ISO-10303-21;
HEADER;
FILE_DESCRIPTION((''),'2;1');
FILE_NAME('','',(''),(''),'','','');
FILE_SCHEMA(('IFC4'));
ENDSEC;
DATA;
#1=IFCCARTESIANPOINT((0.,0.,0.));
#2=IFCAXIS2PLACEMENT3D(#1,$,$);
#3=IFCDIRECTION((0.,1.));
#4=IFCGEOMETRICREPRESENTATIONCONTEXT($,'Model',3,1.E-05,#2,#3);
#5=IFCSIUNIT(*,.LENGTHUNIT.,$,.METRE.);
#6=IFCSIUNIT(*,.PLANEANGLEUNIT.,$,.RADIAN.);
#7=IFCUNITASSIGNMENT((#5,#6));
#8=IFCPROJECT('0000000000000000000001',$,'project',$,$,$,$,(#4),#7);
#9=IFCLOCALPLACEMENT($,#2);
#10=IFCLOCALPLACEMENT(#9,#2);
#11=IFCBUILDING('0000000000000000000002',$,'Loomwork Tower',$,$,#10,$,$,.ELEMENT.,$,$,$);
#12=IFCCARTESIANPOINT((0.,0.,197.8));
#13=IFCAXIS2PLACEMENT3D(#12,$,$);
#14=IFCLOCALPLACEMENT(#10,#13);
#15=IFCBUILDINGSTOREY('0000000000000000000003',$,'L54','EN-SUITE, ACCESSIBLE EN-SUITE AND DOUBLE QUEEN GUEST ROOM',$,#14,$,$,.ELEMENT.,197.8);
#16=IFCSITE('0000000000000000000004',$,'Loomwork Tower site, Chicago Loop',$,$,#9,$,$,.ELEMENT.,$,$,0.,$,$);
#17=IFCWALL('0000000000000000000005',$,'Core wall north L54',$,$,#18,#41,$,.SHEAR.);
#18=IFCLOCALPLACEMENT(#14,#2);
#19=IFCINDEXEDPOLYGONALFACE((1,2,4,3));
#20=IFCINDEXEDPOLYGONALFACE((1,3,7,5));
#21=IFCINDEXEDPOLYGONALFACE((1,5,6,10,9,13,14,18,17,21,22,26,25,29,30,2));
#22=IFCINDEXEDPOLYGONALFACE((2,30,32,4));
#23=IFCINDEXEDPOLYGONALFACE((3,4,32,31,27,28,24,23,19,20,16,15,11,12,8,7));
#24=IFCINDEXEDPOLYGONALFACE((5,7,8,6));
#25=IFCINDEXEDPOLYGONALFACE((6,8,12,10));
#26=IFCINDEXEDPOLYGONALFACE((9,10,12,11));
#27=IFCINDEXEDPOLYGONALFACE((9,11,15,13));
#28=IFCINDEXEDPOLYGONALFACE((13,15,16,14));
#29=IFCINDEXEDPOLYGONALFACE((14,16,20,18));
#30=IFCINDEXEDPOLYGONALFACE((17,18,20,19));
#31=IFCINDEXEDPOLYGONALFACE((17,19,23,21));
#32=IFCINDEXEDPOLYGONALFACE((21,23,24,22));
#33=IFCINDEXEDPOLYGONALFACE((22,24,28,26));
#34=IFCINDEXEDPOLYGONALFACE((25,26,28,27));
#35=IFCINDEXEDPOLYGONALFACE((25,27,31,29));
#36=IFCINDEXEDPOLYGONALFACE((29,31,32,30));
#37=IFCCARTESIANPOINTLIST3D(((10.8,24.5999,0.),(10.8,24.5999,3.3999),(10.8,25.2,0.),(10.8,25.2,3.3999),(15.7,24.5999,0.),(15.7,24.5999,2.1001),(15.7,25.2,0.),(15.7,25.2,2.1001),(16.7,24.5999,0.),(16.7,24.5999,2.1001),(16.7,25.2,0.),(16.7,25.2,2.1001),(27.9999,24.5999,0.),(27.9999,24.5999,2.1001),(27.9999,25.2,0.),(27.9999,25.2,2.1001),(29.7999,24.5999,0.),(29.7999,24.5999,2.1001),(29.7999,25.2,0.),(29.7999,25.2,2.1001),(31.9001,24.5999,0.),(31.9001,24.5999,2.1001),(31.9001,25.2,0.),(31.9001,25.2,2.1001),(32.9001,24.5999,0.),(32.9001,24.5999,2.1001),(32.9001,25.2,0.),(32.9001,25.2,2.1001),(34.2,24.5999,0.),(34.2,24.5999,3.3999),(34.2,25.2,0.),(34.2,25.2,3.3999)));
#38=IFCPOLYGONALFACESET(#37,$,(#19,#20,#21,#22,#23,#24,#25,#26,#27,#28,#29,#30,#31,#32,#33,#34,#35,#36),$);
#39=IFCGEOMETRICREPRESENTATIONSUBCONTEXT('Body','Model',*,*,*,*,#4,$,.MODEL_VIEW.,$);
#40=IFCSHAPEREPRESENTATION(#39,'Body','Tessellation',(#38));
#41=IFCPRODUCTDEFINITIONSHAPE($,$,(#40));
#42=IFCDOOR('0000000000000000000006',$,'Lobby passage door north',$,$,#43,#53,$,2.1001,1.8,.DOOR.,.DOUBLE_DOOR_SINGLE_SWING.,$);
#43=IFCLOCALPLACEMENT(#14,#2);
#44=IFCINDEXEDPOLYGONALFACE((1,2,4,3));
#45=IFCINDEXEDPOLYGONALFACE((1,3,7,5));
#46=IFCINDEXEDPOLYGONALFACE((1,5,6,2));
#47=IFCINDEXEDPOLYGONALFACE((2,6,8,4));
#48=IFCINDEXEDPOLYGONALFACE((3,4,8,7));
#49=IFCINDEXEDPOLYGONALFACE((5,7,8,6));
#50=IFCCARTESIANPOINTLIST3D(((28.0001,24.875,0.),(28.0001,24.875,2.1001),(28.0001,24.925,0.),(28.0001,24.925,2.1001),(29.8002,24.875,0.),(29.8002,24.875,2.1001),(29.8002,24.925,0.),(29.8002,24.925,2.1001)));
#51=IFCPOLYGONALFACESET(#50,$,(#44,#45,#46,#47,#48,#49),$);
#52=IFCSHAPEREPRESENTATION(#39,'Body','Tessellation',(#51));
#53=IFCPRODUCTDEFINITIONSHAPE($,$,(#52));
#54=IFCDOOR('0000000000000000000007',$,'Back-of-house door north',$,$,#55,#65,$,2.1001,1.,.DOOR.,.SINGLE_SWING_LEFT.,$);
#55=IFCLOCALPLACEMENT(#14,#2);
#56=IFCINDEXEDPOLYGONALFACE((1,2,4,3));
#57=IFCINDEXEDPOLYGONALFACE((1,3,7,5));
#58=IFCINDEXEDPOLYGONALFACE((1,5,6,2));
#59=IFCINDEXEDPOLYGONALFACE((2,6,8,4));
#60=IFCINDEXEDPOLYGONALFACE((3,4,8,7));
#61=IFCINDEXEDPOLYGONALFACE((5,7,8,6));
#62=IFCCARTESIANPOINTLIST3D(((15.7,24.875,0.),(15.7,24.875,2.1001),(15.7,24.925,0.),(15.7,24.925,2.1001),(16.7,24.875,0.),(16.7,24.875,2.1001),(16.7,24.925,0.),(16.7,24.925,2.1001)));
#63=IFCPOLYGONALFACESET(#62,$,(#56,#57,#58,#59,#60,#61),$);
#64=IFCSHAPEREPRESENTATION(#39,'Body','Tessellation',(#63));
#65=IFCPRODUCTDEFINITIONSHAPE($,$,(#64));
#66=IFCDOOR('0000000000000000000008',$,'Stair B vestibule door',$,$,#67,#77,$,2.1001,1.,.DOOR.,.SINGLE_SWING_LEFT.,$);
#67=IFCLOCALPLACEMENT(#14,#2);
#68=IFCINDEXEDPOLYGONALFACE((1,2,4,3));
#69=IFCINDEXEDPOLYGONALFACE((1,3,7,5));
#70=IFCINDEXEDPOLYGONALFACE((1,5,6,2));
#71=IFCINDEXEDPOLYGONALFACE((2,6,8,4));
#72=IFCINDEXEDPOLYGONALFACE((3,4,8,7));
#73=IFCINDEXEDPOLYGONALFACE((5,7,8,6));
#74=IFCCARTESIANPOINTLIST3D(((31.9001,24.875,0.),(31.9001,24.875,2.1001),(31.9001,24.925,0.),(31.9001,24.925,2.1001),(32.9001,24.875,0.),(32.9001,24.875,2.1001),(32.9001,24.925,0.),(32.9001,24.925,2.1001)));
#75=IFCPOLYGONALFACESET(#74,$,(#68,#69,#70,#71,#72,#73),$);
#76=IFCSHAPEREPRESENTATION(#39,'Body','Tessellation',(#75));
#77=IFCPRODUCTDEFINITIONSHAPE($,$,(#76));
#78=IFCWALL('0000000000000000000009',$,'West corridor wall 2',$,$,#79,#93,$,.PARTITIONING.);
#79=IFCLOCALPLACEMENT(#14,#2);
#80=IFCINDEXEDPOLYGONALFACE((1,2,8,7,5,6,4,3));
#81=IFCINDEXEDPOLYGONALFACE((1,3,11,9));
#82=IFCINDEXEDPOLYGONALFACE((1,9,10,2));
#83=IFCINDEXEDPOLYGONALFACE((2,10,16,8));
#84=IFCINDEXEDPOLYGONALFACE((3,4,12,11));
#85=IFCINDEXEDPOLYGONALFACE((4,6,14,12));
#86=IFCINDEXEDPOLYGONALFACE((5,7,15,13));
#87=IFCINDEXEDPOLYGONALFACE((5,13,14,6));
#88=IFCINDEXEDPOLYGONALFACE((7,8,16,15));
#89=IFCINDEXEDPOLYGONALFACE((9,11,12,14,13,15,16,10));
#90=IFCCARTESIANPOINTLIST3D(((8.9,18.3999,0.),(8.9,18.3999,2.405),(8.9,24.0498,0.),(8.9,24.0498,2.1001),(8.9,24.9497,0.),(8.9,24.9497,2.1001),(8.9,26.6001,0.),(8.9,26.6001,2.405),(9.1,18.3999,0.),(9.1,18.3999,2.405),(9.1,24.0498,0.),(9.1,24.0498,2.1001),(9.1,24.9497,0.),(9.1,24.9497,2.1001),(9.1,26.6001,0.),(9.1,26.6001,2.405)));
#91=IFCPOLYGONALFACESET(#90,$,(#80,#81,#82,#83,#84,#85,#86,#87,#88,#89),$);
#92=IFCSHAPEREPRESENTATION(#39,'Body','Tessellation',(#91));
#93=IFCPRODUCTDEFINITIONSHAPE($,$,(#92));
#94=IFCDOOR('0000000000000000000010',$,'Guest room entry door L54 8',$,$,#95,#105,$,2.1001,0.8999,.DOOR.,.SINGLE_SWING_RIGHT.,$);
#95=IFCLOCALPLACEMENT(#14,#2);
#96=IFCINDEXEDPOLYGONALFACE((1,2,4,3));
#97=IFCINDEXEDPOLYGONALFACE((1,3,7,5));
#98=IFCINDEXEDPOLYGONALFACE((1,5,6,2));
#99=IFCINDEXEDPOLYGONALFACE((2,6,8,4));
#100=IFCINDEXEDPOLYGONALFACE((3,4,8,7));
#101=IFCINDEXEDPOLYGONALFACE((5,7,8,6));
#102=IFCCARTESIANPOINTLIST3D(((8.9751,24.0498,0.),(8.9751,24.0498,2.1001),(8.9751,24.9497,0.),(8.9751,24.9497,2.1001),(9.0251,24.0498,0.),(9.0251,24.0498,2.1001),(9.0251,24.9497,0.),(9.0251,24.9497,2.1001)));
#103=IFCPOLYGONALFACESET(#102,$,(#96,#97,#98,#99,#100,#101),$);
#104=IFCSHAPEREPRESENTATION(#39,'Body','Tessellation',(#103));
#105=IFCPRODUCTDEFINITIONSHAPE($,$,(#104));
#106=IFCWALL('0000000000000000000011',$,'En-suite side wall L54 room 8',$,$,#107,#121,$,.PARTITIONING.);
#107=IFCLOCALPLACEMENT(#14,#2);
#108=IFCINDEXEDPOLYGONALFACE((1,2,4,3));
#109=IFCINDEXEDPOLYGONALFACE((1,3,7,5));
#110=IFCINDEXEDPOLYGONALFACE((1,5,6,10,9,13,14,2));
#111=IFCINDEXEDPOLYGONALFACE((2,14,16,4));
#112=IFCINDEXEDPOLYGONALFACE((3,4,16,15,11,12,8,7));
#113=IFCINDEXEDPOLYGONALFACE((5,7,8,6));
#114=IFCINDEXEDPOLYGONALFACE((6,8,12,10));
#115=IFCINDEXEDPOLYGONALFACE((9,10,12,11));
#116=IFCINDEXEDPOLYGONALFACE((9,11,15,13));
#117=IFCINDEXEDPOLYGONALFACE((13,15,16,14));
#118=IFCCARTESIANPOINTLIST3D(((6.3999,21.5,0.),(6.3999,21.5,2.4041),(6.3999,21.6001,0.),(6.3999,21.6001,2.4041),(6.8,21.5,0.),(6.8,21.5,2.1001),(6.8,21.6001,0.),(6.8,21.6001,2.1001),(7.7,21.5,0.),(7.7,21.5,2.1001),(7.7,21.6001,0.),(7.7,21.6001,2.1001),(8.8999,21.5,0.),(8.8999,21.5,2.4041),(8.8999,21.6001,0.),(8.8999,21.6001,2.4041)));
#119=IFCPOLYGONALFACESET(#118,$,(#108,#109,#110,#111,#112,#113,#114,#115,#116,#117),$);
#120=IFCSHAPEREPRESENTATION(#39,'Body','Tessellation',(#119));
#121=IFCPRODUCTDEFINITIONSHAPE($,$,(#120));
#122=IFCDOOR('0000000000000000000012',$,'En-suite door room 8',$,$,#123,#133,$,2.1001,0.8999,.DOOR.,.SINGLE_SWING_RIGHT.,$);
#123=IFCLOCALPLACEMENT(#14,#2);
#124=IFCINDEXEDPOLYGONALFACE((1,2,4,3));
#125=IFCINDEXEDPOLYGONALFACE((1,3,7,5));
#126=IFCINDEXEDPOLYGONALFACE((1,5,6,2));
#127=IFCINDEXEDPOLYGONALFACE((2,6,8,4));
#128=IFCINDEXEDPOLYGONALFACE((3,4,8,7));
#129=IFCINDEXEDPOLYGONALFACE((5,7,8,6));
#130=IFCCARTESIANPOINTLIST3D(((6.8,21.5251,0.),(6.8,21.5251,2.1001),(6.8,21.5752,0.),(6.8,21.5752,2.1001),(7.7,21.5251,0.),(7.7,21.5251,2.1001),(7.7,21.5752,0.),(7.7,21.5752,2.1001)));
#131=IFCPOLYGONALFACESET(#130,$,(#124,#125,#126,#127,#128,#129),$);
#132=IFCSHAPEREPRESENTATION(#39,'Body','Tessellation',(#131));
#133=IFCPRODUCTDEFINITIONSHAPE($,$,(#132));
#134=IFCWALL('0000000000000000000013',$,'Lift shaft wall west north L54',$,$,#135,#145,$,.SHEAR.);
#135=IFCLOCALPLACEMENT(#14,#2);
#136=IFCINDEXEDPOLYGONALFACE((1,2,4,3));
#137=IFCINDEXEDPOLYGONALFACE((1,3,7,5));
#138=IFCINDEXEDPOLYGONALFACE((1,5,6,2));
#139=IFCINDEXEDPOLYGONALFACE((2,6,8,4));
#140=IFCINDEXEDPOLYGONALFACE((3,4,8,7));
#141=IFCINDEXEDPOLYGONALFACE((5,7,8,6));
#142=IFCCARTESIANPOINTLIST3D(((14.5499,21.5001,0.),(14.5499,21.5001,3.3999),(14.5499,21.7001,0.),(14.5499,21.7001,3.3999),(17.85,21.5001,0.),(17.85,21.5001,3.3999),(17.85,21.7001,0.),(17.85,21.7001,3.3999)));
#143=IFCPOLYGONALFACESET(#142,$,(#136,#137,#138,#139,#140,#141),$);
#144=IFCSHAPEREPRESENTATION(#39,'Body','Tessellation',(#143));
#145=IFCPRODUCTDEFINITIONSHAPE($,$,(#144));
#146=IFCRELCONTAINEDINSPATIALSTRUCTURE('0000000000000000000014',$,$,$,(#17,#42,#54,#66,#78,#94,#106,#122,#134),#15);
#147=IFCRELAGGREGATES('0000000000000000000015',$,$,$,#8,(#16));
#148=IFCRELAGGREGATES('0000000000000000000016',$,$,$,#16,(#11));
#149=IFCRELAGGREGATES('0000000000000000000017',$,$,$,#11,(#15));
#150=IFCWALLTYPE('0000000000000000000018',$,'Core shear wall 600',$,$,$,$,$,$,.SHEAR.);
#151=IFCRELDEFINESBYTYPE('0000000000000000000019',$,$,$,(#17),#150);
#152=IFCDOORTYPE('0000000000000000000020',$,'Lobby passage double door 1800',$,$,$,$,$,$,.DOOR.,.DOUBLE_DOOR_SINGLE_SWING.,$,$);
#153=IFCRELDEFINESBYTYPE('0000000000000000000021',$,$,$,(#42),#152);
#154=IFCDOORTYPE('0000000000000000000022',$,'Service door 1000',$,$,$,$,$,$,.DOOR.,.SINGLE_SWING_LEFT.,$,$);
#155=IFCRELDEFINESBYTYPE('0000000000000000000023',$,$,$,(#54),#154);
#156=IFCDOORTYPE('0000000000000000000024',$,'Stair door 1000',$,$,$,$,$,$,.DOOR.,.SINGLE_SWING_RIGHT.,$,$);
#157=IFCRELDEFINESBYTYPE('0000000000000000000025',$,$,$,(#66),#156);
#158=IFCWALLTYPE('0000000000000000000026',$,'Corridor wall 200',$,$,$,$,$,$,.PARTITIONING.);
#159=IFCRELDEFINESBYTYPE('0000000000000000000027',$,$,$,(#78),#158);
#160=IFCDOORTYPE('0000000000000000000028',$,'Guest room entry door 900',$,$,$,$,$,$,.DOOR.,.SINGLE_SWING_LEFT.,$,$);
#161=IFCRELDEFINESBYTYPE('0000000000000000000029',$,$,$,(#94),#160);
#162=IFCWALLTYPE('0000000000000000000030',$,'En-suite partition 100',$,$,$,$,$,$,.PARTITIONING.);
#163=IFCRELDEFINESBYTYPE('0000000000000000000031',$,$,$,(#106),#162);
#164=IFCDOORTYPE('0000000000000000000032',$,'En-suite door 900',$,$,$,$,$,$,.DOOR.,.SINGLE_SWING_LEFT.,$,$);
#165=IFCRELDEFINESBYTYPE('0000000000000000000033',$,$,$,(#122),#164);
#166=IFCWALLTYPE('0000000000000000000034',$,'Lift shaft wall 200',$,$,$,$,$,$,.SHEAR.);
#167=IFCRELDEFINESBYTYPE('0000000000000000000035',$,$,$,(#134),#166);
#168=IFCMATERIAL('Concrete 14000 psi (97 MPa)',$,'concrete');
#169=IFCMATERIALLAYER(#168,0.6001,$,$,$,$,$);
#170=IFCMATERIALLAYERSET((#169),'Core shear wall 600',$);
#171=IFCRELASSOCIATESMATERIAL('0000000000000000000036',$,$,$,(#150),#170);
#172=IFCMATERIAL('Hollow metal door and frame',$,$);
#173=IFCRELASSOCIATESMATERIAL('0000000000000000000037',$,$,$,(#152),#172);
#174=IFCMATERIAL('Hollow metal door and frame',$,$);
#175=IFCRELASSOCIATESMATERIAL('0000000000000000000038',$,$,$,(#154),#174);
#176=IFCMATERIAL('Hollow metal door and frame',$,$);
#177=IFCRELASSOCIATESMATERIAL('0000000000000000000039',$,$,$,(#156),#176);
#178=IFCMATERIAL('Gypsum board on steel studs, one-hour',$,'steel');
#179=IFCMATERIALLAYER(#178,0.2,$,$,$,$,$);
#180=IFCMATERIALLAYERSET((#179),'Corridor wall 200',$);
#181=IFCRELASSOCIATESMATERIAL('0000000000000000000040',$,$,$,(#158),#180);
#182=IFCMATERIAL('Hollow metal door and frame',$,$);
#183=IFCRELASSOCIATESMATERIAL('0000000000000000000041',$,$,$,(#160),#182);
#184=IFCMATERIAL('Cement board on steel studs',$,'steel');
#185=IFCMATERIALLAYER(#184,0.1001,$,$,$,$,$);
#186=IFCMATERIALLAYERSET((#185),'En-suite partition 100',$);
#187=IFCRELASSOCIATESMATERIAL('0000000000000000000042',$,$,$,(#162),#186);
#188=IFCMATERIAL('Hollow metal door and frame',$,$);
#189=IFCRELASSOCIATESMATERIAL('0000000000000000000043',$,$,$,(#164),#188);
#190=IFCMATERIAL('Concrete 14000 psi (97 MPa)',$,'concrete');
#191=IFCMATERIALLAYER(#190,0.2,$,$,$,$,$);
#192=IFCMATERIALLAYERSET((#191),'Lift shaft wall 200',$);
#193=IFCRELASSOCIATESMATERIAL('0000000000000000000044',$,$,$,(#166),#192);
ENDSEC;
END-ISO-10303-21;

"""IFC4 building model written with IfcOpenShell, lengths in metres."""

from ifc_helpers import new_model, si_unit, direction, frame, frame_2d, origin, place, context, subcontext, project, spatial, rectangle, extrude, material, layer, layer_set, type_object, element, fill, save


model = new_model("IFC4")

# Units and contexts
model_context = context("Model", 3, precision=1e-05, world=origin(), true_north=direction((0.0, 1.0)))
body_context = subcontext(model_context, "Body", "Model", "MODEL_VIEW")
ifc_project = project(units=[si_unit("LENGTHUNIT", "METRE"), si_unit("PLANEANGLEUNIT", "RADIAN")], contexts=[model_context])

# Site, building, storey
site_placement = place(None, origin())
site = spatial("IfcSite", under=ifc_project, at=site_placement, Name="Loomwork Tower site, Chicago Loop", CompositionType="ELEMENT", RefElevation=0.0)
building_placement = place(site_placement, origin())
building = spatial("IfcBuilding", under=site, at=building_placement, Name="Loomwork Tower", CompositionType="ELEMENT")
storey_placement = place(building_placement, frame((0.0, 0.0, 197.8)))
storey = spatial("IfcBuildingStorey", under=building, at=storey_placement, Name="L54", Description="EN-SUITE, ACCESSIBLE EN-SUITE AND DOUBLE QUEEN GUEST ROOM", CompositionType="ELEMENT", Elevation=197.8)

# Wall, openings, doors
ifc_material_1 = material(Name="Concrete 14000 psi (97 MPa)", Category="concrete")
ifc_layer_1 = layer(ifc_material_1, 0.6001)
ifc_layer_set_1 = layer_set([ifc_layer_1], Name="Core shear wall 600")
wall_type_1 = type_object("IfcWallType", Name="Core shear wall 600", PredefinedType="SHEAR", material=ifc_layer_set_1)
wall_1_placement = place(storey_placement, frame((10.8, 24.8999, 0.0), z_axis=(0.0, 0.0, 1.0), x_axis=(1.0, 0.0, 0.0)))
wall_1 = element("IfcWall", 1, at=wall_1_placement, inside=storey, type_object=wall_type_1, Name="Core wall north L54", PredefinedType="SHEAR", context=body_context, shape_type="SweptSolid", body=[
    extrude(rectangle(XDim=23.3999, YDim=0.6001, at=frame_2d((11.7, 0.0))), origin(), (0.0, 0.0, 1.0), 3.3999),
])
opening_1_placement = place(wall_1_placement, frame((17.2, 0.0, 0.0)))
opening_1 = element("IfcOpeningElement", 2, at=opening_1_placement, cuts=wall_1, PredefinedType="OPENING", context=body_context, shape_type="SweptSolid", body=[
    extrude(rectangle(XDim=1.8, YDim=2.1001, at=frame_2d((0.8999, 1.05))), frame((0.0, 0.3101, 0.0), z_axis=(0.0, -1.0, 0.0), x_axis=(1.0, 0.0, 0.0)), (0.0, 0.0, 1.0), 0.6201),
])
opening_2_placement = place(wall_1_placement, frame((21.1001, 0.0, 0.0)))
opening_2 = element("IfcOpeningElement", 3, at=opening_2_placement, cuts=wall_1, PredefinedType="OPENING", context=body_context, shape_type="SweptSolid", body=[
    extrude(rectangle(XDim=1.0, YDim=2.1001, at=frame_2d((0.5, 1.05))), frame((0.0, 0.3101, 0.0), z_axis=(0.0, -1.0, 0.0), x_axis=(1.0, 0.0, 0.0)), (0.0, 0.0, 1.0), 0.6201),
])
opening_3_placement = place(wall_1_placement, frame((4.8999, 0.0, 0.0)))
opening_3 = element("IfcOpeningElement", 4, at=opening_3_placement, cuts=wall_1, PredefinedType="OPENING", context=body_context, shape_type="SweptSolid", body=[
    extrude(rectangle(XDim=1.0, YDim=2.1001, at=frame_2d((0.5, 1.05))), frame((0.0, 0.3101, 0.0), z_axis=(0.0, -1.0, 0.0), x_axis=(1.0, 0.0, 0.0)), (0.0, 0.0, 1.0), 0.6201),
])
ifc_material_2 = material(Name="Hollow metal door and frame")
door_type_1 = type_object("IfcDoorType", Name="Lobby passage double door 1800", OperationType="DOUBLE_DOOR_SINGLE_SWING", PredefinedType="DOOR", material=ifc_material_2)
door_1_placement = place(opening_1_placement, frame((1.8, 0.0, 0.0), z_axis=(0.0, 0.0, 1.0), x_axis=(-1.0, 0.0, 0.0)))
door_1 = element("IfcDoor", 5, at=door_1_placement, inside=storey, type_object=door_type_1, Name="Lobby passage door north", OperationType="DOUBLE_DOOR_SINGLE_SWING", OverallHeight=2.1001, OverallWidth=1.8, PredefinedType="DOOR", context=body_context, shape_type="SweptSolid", body=[
    extrude(rectangle(XDim=1.8, YDim=2.1001, at=frame_2d((0.8999, 1.05))), frame((0.0, 0.0249, 0.0), z_axis=(0.0, -1.0, 0.0), x_axis=(1.0, 0.0, 0.0)), (0.0, 0.0, 1.0), 0.05),
])
fill(opening_1, door_1)
ifc_material_3 = material(Name="Hollow metal door and frame")
door_type_2 = type_object("IfcDoorType", Name="Service door 1000", OperationType="SINGLE_SWING_LEFT", PredefinedType="DOOR", material=ifc_material_3)
door_2_placement = place(opening_3_placement, frame((1.0, 0.0, 0.0), z_axis=(0.0, 0.0, 1.0), x_axis=(-1.0, 0.0, 0.0)))
door_2 = element("IfcDoor", 6, at=door_2_placement, inside=storey, type_object=door_type_2, Name="Back-of-house door north", OperationType="SINGLE_SWING_LEFT", OverallHeight=2.1001, OverallWidth=1.0, PredefinedType="DOOR", context=body_context, shape_type="SweptSolid", body=[
    extrude(rectangle(XDim=1.0, YDim=2.1001, at=frame_2d((0.5, 1.05))), frame((0.0, 0.0249, 0.0), z_axis=(0.0, -1.0, 0.0), x_axis=(1.0, 0.0, 0.0)), (0.0, 0.0, 1.0), 0.05),
])
fill(opening_3, door_2)
ifc_material_4 = material(Name="Hollow metal door and frame")
door_type_3 = type_object("IfcDoorType", Name="Stair door 1000", OperationType="SINGLE_SWING_RIGHT", PredefinedType="DOOR", material=ifc_material_4)
door_3_placement = place(opening_2_placement, frame((1.0, 0.0, 0.0), z_axis=(0.0, 0.0, 1.0), x_axis=(-1.0, 0.0, 0.0)))
door_3 = element("IfcDoor", 7, at=door_3_placement, inside=storey, type_object=door_type_3, Name="Stair B vestibule door", OperationType="SINGLE_SWING_LEFT", OverallHeight=2.1001, OverallWidth=1.0, PredefinedType="DOOR", context=body_context, shape_type="SweptSolid", body=[
    extrude(rectangle(XDim=1.0, YDim=2.1001, at=frame_2d((0.5, 1.05))), frame((0.0, 0.0249, 0.0), z_axis=(0.0, -1.0, 0.0), x_axis=(1.0, 0.0, 0.0)), (0.0, 0.0, 1.0), 0.05),
])
fill(opening_2, door_3)

# Walls, openings, doors
ifc_material_5 = material(Name="Gypsum board on steel studs, one-hour", Category="steel")
ifc_layer_2 = layer(ifc_material_5, 0.2)
ifc_layer_set_2 = layer_set([ifc_layer_2], Name="Corridor wall 200")
wall_type_2 = type_object("IfcWallType", Name="Corridor wall 200", PredefinedType="PARTITIONING", material=ifc_layer_set_2)
wall_2_placement = place(storey_placement, frame((9.0, 18.3999, 0.0), z_axis=(0.0, 0.0, 1.0), x_axis=(0.0, 1.0, 0.0)))
wall_2 = element("IfcWall", 8, at=wall_2_placement, inside=storey, type_object=wall_type_2, Name="West corridor wall 2", PredefinedType="PARTITIONING", context=body_context, shape_type="SweptSolid", body=[
    extrude(rectangle(XDim=8.2002, YDim=0.2, at=frame_2d((4.1001, 0.0))), origin(), (0.0, 0.0, 1.0), 2.405),
])
opening_4_placement = place(wall_2_placement, frame((5.6499, 0.0, 0.0)))
opening_4 = element("IfcOpeningElement", 9, at=opening_4_placement, cuts=wall_2, PredefinedType="OPENING", context=body_context, shape_type="SweptSolid", body=[
    extrude(rectangle(XDim=0.8999, YDim=2.1001, at=frame_2d((0.45, 1.05))), frame((0.0, 0.1099, 0.0), z_axis=(0.0, -1.0, 0.0), x_axis=(1.0, 0.0, 0.0)), (0.0, 0.0, 1.0), 0.22),
])
ifc_material_6 = material(Name="Hollow metal door and frame")
door_type_4 = type_object("IfcDoorType", Name="Guest room entry door 900", OperationType="SINGLE_SWING_LEFT", PredefinedType="DOOR", material=ifc_material_6)
door_4_placement = place(opening_4_placement, origin())
door_4 = element("IfcDoor", 10, at=door_4_placement, inside=storey, type_object=door_type_4, Name="Guest room entry door L54 8", OperationType="SINGLE_SWING_RIGHT", OverallHeight=2.1001, OverallWidth=0.8999, PredefinedType="DOOR", context=body_context, shape_type="SweptSolid", body=[
    extrude(rectangle(XDim=0.8999, YDim=2.1001, at=frame_2d((0.45, 1.05))), frame((0.0, 0.0249, 0.0), z_axis=(0.0, -1.0, 0.0), x_axis=(1.0, 0.0, 0.0)), (0.0, 0.0, 1.0), 0.05),
])
fill(opening_4, door_4)
ifc_material_7 = material(Name="Cement board on steel studs", Category="steel")
ifc_layer_3 = layer(ifc_material_7, 0.1001)
ifc_layer_set_3 = layer_set([ifc_layer_3], Name="En-suite partition 100")
wall_type_3 = type_object("IfcWallType", Name="En-suite partition 100", PredefinedType="PARTITIONING", material=ifc_layer_set_3)
wall_3_placement = place(storey_placement, frame((8.8999, 21.55, 0.0), z_axis=(0.0, 0.0, 1.0), x_axis=(-1.0, 0.0, 0.0)))
wall_3 = element("IfcWall", 11, at=wall_3_placement, inside=storey, type_object=wall_type_3, Name="En-suite side wall L54 room 8", PredefinedType="PARTITIONING", context=body_context, shape_type="SweptSolid", body=[
    extrude(rectangle(XDim=2.5, YDim=0.1001, at=frame_2d((1.25, 0.0))), origin(), (0.0, 0.0, 1.0), 2.4041),
])
opening_5_placement = place(wall_3_placement, frame((1.2, 0.0, 0.0)))
opening_5 = element("IfcOpeningElement", 12, at=opening_5_placement, cuts=wall_3, PredefinedType="OPENING", context=body_context, shape_type="SweptSolid", body=[
    extrude(rectangle(XDim=0.8999, YDim=2.1001, at=frame_2d((0.45, 1.05))), frame((0.0, 0.0601, 0.0), z_axis=(0.0, -1.0, 0.0), x_axis=(1.0, 0.0, 0.0)), (0.0, 0.0, 1.0), 0.1201),
])
ifc_material_8 = material(Name="Hollow metal door and frame")
door_type_5 = type_object("IfcDoorType", Name="En-suite door 900", OperationType="SINGLE_SWING_LEFT", PredefinedType="DOOR", material=ifc_material_8)
door_5_placement = place(opening_5_placement, origin())
door_5 = element("IfcDoor", 13, at=door_5_placement, inside=storey, type_object=door_type_5, Name="En-suite door room 8", OperationType="SINGLE_SWING_RIGHT", OverallHeight=2.1001, OverallWidth=0.8999, PredefinedType="DOOR", context=body_context, shape_type="SweptSolid", body=[
    extrude(rectangle(XDim=0.8999, YDim=2.1001, at=frame_2d((0.45, 1.05))), frame((0.0, 0.0249, 0.0), z_axis=(0.0, -1.0, 0.0), x_axis=(1.0, 0.0, 0.0)), (0.0, 0.0, 1.0), 0.05),
])
fill(opening_5, door_5)

# Wall
ifc_material_9 = material(Name="Concrete 14000 psi (97 MPa)", Category="concrete")
ifc_layer_4 = layer(ifc_material_9, 0.2)
ifc_layer_set_4 = layer_set([ifc_layer_4], Name="Lift shaft wall 200")
wall_type_4 = type_object("IfcWallType", Name="Lift shaft wall 200", PredefinedType="SHEAR", material=ifc_layer_set_4)
wall_4_placement = place(storey_placement, frame((14.55, 21.6001, 0.0), z_axis=(0.0, 0.0, 1.0), x_axis=(1.0, 0.0, 0.0)))
element("IfcWall", 14, at=wall_4_placement, inside=storey, type_object=wall_type_4, Name="Lift shaft wall west north L54", PredefinedType="SHEAR", context=body_context, shape_type="SweptSolid", body=[
    extrude(rectangle(XDim=3.3, YDim=0.2, at=frame_2d((1.6499, 0.0))), origin(), (0.0, 0.0, 1.0), 3.3999),
])

save(model, "model.ifc")
